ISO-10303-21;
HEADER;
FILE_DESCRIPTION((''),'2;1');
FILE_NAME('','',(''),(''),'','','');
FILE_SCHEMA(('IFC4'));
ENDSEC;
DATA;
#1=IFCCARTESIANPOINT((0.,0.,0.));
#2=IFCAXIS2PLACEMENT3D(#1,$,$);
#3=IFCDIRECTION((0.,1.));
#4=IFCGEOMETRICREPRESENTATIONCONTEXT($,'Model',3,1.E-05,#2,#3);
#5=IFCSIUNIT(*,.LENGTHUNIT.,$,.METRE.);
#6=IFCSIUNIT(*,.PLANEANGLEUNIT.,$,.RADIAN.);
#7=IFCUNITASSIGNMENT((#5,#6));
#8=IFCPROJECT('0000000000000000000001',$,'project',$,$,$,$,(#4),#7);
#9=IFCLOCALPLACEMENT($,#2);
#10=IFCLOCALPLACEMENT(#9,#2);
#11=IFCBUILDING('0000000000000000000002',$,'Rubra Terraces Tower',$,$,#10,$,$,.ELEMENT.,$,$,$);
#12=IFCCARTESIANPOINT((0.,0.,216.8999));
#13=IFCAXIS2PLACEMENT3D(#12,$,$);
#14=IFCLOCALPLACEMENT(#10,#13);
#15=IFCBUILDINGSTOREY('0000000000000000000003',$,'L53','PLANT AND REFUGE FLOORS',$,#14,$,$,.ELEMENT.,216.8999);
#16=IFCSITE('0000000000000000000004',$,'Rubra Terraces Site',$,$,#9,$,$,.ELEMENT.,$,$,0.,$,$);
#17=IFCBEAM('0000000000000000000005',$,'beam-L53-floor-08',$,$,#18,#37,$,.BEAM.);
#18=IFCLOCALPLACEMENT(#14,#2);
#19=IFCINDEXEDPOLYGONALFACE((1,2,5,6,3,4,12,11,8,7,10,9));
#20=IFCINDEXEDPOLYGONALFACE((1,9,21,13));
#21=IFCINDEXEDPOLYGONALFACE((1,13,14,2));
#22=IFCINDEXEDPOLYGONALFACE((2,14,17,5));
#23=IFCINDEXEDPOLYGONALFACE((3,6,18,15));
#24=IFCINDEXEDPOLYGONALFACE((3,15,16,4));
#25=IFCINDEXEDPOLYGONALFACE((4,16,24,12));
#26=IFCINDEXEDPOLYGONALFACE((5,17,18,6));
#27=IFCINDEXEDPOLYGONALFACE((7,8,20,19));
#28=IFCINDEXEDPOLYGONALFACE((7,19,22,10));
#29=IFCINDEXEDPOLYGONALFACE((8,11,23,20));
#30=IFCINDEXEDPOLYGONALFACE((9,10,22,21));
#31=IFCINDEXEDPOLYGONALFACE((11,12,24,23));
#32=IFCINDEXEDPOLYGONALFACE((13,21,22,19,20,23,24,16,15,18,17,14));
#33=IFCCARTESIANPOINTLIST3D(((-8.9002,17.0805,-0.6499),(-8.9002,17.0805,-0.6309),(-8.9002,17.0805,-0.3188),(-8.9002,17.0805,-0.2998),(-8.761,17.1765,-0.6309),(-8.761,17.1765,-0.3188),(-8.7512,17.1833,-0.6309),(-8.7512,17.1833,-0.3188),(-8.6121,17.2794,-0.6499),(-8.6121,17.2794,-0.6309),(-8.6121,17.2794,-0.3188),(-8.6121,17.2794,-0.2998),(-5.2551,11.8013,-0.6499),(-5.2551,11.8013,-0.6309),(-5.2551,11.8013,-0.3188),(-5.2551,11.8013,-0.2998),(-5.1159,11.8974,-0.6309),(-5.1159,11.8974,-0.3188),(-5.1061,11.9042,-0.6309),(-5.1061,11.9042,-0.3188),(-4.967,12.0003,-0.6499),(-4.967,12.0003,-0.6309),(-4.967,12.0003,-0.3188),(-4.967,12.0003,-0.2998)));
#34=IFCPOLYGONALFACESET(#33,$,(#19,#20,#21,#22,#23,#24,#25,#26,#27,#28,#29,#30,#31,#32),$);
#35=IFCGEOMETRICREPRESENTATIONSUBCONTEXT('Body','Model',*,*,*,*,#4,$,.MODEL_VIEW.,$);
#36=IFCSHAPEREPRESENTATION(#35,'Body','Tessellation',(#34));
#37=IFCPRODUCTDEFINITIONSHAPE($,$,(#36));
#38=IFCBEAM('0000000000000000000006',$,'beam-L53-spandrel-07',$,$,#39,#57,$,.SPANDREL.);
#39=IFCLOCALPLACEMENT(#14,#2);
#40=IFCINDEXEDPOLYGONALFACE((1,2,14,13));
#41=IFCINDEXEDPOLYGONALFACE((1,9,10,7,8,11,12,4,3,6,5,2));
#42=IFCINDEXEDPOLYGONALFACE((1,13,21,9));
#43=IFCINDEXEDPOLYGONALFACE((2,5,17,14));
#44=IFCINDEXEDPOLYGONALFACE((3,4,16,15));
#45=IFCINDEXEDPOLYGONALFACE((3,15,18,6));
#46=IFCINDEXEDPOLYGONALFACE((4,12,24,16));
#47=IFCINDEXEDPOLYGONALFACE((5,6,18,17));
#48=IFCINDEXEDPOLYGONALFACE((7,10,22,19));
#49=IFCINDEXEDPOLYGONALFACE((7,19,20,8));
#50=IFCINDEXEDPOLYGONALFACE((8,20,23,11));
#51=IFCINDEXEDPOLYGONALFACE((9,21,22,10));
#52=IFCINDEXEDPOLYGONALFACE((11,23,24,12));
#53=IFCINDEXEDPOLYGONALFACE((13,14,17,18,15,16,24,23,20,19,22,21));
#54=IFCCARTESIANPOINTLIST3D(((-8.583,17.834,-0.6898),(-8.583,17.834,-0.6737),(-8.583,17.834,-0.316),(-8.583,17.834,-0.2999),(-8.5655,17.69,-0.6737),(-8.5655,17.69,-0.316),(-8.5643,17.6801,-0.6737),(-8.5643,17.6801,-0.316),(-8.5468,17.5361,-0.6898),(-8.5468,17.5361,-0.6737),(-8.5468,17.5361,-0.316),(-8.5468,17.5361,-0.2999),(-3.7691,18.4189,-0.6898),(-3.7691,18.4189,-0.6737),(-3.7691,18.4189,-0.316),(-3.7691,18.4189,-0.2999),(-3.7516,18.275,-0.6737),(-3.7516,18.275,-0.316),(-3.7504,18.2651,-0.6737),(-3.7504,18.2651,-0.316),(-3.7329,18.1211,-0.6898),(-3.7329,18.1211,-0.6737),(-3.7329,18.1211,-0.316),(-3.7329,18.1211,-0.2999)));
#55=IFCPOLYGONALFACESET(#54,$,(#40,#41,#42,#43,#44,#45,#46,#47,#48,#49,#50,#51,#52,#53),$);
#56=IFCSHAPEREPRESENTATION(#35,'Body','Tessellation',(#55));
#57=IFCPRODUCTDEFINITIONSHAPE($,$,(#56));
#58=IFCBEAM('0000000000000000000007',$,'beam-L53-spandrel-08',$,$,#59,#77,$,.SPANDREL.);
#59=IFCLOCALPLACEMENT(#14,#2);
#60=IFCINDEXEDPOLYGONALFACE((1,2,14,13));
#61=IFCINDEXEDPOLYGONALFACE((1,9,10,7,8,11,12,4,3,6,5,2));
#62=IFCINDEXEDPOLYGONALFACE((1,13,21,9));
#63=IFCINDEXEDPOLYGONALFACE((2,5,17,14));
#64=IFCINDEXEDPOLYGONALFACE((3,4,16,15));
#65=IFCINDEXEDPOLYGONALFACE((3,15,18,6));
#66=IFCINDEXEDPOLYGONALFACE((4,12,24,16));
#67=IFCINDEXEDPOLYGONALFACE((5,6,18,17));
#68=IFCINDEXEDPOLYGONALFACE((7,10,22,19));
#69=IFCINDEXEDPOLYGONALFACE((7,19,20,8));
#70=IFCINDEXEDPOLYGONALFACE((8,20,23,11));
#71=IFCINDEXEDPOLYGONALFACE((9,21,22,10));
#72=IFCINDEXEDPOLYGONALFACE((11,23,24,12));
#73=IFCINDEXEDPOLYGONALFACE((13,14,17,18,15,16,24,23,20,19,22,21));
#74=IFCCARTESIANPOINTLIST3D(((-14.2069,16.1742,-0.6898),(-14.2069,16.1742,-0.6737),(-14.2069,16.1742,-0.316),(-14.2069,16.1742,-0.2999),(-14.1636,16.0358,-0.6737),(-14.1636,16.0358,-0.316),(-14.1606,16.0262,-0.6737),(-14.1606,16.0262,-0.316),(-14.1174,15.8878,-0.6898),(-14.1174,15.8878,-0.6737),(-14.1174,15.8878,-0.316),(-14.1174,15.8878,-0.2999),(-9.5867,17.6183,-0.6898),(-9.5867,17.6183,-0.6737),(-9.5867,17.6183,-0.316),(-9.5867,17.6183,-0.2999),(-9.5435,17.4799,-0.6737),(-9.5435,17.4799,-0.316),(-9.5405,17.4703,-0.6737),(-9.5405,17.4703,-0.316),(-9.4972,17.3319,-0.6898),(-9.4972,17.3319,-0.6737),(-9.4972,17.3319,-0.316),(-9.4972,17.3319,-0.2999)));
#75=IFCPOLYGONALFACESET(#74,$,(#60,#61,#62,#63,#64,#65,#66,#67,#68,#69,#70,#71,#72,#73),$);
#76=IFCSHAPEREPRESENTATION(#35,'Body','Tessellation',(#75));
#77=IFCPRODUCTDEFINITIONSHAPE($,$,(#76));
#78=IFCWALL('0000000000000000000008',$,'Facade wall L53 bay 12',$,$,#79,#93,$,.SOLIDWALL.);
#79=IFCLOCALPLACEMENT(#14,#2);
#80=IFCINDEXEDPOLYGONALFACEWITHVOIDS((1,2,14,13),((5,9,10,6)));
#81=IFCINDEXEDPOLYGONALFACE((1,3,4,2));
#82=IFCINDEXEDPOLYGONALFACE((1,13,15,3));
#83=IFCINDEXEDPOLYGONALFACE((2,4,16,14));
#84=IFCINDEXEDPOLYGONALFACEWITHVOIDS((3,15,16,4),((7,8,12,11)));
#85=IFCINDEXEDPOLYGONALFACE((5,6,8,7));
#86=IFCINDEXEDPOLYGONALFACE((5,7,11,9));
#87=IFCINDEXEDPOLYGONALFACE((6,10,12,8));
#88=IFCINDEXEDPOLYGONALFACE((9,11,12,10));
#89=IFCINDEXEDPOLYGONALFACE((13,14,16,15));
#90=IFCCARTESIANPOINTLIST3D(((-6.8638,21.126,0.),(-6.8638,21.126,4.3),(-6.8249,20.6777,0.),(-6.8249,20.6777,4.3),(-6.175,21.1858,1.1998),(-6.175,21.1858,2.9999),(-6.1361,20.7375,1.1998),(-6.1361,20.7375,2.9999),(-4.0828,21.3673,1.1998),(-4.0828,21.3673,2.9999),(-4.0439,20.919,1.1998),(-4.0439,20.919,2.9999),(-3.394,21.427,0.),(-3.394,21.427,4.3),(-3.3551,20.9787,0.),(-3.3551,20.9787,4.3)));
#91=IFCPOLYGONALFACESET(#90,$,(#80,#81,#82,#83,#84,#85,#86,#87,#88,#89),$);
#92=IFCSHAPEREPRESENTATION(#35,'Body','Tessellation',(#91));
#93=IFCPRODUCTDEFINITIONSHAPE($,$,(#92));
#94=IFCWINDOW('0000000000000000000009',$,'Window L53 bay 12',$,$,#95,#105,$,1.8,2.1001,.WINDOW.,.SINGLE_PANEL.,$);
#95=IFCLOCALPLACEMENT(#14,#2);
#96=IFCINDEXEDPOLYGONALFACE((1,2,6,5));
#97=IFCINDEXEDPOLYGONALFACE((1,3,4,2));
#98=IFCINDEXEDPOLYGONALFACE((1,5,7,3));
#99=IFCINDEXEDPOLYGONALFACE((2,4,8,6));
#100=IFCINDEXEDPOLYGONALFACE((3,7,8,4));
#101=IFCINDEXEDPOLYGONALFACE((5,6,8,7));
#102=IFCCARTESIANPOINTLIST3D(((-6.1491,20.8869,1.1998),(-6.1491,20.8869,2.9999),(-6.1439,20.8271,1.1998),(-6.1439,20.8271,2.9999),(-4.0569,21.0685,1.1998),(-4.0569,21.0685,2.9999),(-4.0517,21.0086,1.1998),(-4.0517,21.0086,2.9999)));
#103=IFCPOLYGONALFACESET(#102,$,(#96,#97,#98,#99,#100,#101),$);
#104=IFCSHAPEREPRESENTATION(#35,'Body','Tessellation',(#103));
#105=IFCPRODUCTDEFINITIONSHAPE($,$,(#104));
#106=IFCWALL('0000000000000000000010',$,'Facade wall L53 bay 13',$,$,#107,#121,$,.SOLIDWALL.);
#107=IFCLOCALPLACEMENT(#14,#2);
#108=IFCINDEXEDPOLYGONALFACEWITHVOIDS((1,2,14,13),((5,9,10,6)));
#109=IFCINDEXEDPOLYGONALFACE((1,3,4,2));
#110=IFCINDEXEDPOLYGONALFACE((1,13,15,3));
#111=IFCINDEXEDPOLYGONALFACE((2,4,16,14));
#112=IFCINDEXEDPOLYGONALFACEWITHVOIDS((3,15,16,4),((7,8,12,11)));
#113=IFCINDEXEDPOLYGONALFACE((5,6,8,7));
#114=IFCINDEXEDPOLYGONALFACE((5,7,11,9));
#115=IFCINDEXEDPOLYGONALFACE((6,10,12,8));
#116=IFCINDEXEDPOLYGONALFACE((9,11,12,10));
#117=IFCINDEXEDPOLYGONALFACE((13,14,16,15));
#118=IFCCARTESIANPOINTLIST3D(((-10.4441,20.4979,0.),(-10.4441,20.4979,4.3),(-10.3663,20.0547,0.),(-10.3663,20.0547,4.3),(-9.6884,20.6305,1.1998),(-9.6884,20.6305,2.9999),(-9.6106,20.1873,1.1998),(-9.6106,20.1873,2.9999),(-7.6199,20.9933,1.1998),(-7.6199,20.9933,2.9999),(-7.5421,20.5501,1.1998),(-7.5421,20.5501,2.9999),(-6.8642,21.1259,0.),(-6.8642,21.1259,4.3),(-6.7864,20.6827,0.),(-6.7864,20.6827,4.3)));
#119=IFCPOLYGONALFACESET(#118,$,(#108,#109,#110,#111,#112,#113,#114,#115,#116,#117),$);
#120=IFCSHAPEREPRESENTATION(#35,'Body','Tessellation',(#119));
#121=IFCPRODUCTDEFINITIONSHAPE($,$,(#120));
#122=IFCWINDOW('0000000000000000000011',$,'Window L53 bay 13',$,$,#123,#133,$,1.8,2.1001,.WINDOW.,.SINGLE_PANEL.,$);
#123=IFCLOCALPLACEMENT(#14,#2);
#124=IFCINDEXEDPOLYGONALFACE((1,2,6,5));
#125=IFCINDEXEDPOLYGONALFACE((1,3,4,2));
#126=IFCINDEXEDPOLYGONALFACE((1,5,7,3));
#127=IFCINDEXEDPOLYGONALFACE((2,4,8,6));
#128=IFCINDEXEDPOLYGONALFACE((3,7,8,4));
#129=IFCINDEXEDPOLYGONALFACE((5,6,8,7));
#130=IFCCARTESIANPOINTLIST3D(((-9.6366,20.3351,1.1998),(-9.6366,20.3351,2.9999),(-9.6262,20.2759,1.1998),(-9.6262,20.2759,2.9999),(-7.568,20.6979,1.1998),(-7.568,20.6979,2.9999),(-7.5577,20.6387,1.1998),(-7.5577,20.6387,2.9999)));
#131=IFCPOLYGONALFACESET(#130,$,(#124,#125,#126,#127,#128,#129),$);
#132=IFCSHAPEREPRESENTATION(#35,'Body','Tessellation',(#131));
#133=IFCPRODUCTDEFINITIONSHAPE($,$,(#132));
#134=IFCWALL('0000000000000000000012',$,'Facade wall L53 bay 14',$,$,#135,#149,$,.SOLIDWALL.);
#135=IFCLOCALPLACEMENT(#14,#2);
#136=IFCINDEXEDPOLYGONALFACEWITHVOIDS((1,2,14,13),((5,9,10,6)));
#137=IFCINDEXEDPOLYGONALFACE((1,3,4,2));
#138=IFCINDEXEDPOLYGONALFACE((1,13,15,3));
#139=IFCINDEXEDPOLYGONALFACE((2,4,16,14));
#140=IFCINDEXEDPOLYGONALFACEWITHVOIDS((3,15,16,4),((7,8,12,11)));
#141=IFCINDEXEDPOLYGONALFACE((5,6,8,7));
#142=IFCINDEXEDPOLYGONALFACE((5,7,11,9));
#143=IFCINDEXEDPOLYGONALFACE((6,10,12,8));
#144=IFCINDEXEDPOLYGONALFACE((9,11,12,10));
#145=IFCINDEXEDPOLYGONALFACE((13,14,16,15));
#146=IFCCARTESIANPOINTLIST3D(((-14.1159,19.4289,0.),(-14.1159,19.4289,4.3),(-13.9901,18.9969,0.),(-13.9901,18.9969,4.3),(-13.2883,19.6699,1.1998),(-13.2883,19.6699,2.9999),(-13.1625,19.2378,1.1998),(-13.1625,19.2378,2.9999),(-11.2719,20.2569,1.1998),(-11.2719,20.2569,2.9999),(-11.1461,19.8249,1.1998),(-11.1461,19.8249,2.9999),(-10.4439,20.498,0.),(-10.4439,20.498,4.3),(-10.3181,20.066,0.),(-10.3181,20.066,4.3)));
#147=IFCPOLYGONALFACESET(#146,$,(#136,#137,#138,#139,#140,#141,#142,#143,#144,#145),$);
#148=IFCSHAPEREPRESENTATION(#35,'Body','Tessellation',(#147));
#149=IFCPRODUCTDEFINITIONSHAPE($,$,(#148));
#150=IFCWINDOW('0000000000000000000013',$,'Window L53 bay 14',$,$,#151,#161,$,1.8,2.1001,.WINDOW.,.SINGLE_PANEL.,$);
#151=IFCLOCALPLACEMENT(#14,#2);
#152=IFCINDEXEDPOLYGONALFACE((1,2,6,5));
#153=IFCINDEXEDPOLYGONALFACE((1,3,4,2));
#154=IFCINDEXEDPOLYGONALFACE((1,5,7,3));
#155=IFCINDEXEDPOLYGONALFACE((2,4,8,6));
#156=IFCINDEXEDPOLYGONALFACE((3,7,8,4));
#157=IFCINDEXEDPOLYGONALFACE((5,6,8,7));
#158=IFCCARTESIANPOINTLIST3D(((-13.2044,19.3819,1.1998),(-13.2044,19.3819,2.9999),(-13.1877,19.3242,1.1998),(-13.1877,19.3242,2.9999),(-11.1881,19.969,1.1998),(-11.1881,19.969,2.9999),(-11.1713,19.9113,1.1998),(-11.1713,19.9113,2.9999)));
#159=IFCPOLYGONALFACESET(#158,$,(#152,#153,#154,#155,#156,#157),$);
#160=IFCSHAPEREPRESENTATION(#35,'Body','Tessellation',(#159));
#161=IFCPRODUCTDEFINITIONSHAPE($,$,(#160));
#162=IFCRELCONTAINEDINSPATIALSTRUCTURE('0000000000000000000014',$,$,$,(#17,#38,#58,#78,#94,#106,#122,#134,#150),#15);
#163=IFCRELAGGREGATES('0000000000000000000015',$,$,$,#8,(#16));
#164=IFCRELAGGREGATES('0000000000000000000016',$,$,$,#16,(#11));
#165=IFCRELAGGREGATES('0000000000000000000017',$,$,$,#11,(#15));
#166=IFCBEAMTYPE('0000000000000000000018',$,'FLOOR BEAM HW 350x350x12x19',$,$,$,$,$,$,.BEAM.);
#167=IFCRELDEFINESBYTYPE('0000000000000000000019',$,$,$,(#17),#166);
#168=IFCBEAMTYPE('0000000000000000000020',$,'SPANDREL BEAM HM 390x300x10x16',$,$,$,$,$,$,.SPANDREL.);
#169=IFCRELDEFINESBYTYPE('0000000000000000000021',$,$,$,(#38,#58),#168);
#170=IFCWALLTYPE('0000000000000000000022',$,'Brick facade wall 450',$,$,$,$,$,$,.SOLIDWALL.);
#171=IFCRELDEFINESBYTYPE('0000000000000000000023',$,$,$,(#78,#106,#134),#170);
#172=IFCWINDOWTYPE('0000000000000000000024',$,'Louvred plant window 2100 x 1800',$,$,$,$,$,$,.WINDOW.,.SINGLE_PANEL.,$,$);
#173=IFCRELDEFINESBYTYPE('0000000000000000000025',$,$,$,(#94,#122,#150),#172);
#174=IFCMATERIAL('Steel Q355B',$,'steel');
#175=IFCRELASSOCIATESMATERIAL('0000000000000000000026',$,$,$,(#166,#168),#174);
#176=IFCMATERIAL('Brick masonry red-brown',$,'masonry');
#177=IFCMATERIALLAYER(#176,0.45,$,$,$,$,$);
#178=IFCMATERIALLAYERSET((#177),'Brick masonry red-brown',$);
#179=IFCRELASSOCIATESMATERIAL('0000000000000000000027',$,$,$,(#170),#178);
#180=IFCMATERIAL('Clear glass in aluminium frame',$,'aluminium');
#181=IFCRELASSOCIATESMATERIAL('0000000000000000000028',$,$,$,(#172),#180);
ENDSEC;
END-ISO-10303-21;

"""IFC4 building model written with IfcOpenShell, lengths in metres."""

from ifc_helpers import new_model, si_unit, direction, frame, frame_2d, origin, origin_2d, place, context, subcontext, project, spatial, rectangle, i_section, extrude, material, layer, layer_set, material_profile, profile_set, type_object, element, fill, save


model = new_model("IFC4")

# Units and contexts
model_context = context("Model", 3, precision=1e-05, world=origin(), true_north=direction((0.0, 1.0)))
body_context = subcontext(model_context, "Body", "Model", "MODEL_VIEW")
ifc_project = project(units=[si_unit("LENGTHUNIT", "METRE"), si_unit("PLANEANGLEUNIT", "RADIAN")], contexts=[model_context])

# Site, building, storey
site_placement = place(None, origin())
site = spatial("IfcSite", under=ifc_project, at=site_placement, Name="Rubra Terraces Site", CompositionType="ELEMENT", RefElevation=0.0)
building_placement = place(site_placement, origin())
building = spatial("IfcBuilding", under=site, at=building_placement, Name="Rubra Terraces Tower", CompositionType="ELEMENT")
storey_placement = place(building_placement, frame((0.0, 0.0, 216.8999)))
storey = spatial("IfcBuildingStorey", under=building, at=storey_placement, Name="L53", Description="PLANT AND REFUGE FLOORS", CompositionType="ELEMENT", Elevation=216.8999)

# Shared definitions
ifc_material_1 = material(Name="Steel Q355B", Category="steel")

# Beams
ifc_material_profile_1 = material_profile(ifc_material_1, i_section(OverallWidth=0.3501, OverallDepth=0.3501, WebThickness=0.012, FlangeThickness=0.019, at=origin_2d()), Name="HW 350x350x12x19")
ifc_profile_set_1 = profile_set([ifc_material_profile_1], Name="Steel Q355B")
beam_type_1 = type_object("IfcBeamType", Name="FLOOR BEAM HW 350x350x12x19", PredefinedType="BEAM", material=ifc_profile_set_1)
beam_1_placement = place(storey_placement, frame((-8.7561, 17.1799, -0.4749), z_axis=(0.568186, -0.8229, 0.0), x_axis=(0.8229, 0.568186, 0.0)))
element("IfcBeam", 1, at=beam_1_placement, inside=storey, type_object=beam_type_1, Name="beam-L53-floor-08", PredefinedType="BEAM", context=body_context, shape_type="SweptSolid", body=[
    extrude(i_section(OverallWidth=0.3501, OverallDepth=0.3501, WebThickness=0.012, FlangeThickness=0.019, at=origin_2d()), origin(), (0.0, 0.0, 1.0), 6.4153),
])
ifc_material_profile_2 = material_profile(ifc_material_1, i_section(OverallWidth=0.3, OverallDepth=0.3899, WebThickness=0.01, FlangeThickness=0.0161, at=origin_2d()), Name="HM 390x300x10x16")
ifc_profile_set_2 = profile_set([ifc_material_profile_2], Name="Steel Q355B")
beam_type_2 = type_object("IfcBeamType", Name="SPANDREL BEAM HM 390x300x10x16", PredefinedType="SPANDREL", material=ifc_profile_set_2)
beam_2_placement = place(storey_placement, frame((-3.751, 18.27, -0.4949), z_axis=(-0.992698, -0.120626, 0.0), x_axis=(0.120626, -0.992698, 0.0)))
element("IfcBeam", 2, at=beam_2_placement, inside=storey, type_object=beam_type_2, Name="beam-L53-spandrel-07", PredefinedType="SPANDREL", context=body_context, shape_type="SweptSolid", body=[
    extrude(i_section(OverallWidth=0.3, OverallDepth=0.3899, WebThickness=0.01, FlangeThickness=0.0161, at=origin_2d()), origin(), (0.0, 0.0, 1.0), 4.8494),
])
beam_3_placement = place(storey_placement, frame((-9.542, 17.4751, -0.4949), z_axis=(-0.954462, -0.298332, 0.0), x_axis=(0.298332, -0.954462, 0.0)))
element("IfcBeam", 3, at=beam_3_placement, inside=storey, type_object=beam_type_2, Name="beam-L53-spandrel-08", PredefinedType="SPANDREL", context=body_context, shape_type="SweptSolid", body=[
    extrude(i_section(OverallWidth=0.3, OverallDepth=0.3899, WebThickness=0.01, FlangeThickness=0.0161, at=origin_2d()), origin(), (0.0, 0.0, 1.0), 4.8406),
])

# Walls, openings, windows
ifc_material_2 = material(Name="Brick masonry red-brown", Category="masonry")
ifc_layer_1 = layer(ifc_material_2, 0.45)
ifc_layer_set_1 = layer_set([ifc_layer_1], Name="Brick masonry red-brown")
wall_type_1 = type_object("IfcWallType", Name="Brick facade wall 450", PredefinedType="SOLIDWALL", material=ifc_layer_set_1)
wall_1_placement = place(storey_placement, frame((-3.3745, 21.2029, 0.0), z_axis=(0.0, 0.0, 1.0), x_axis=(-0.996258, -0.086427, 0.0)))
wall_1 = element("IfcWall", 4, at=wall_1_placement, inside=storey, type_object=wall_type_1, Name="Facade wall L53 bay 12", PredefinedType="SOLIDWALL", context=body_context, shape_type="SweptSolid", body=[
    extrude(rectangle(XDim=3.4829, YDim=0.45, at=frame_2d((1.7415, 0.0))), origin(), (0.0, 0.0, 1.0), 4.3),
])
opening_1_placement = place(wall_1_placement, frame((0.6914, 0.0, 1.2)))
opening_1 = element("IfcOpeningElement", 5, at=opening_1_placement, cuts=wall_1, PredefinedType="OPENING", context=body_context, shape_type="SweptSolid", body=[
    extrude(rectangle(XDim=2.1001, YDim=1.8, at=frame_2d((1.05, 0.8999))), frame((0.0, 0.2349, 0.0), z_axis=(0.0, -1.0, 0.0), x_axis=(1.0, 0.0, 0.0)), (0.0, 0.0, 1.0), 0.47),
])
ifc_material_3 = material(Name="Clear glass in aluminium frame", Category="aluminium")
window_type = type_object("IfcWindowType", Name="Louvred plant window 2100 x 1800", PartitioningType="SINGLE_PANEL", PredefinedType="WINDOW", material=ifc_material_3)
window_1_placement = place(opening_1_placement, origin())
window_1 = element("IfcWindow", 6, at=window_1_placement, inside=storey, type_object=window_type, Name="Window L53 bay 12", OverallHeight=1.8, OverallWidth=2.1001, PartitioningType="SINGLE_PANEL", PredefinedType="WINDOW", context=body_context, shape_type="SweptSolid", body=[
    extrude(rectangle(XDim=2.1001, YDim=1.8, at=frame_2d((1.05, 0.8999))), frame((0.0, 0.135, 0.0), z_axis=(0.0, -1.0, 0.0), x_axis=(1.0, 0.0, 0.0)), (0.0, 0.0, 1.0), 0.0601),
])
fill(opening_1, window_1)
wall_2_placement = place(storey_placement, frame((-6.8252, 20.9043, 0.0), z_axis=(0.0, 0.0, 1.0), x_axis=(-0.984962, -0.17277, 0.0)))
wall_2 = element("IfcWall", 7, at=wall_2_placement, inside=storey, type_object=wall_type_1, Name="Facade wall L53 bay 13", PredefinedType="SOLIDWALL", context=body_context, shape_type="SweptSolid", body=[
    extrude(rectangle(XDim=3.6345, YDim=0.45, at=frame_2d((1.8174, 0.0))), origin(), (0.0, 0.0, 1.0), 4.3),
])
opening_2_placement = place(wall_2_placement, frame((0.7673, 0.0, 1.2)))
opening_2 = element("IfcOpeningElement", 8, at=opening_2_placement, cuts=wall_2, PredefinedType="OPENING", context=body_context, shape_type="SweptSolid", body=[
    extrude(rectangle(XDim=2.1001, YDim=1.8, at=frame_2d((1.05, 0.8999))), frame((0.0, 0.2349, 0.0), z_axis=(0.0, -1.0, 0.0), x_axis=(1.0, 0.0, 0.0)), (0.0, 0.0, 1.0), 0.47),
])
window_2_placement = place(opening_2_placement, origin())
window_2 = element("IfcWindow", 9, at=window_2_placement, inside=storey, type_object=window_type, Name="Window L53 bay 13", OverallHeight=1.8, OverallWidth=2.1001, PartitioningType="SINGLE_PANEL", PredefinedType="WINDOW", context=body_context, shape_type="SweptSolid", body=[
    extrude(rectangle(XDim=2.1001, YDim=1.8, at=frame_2d((1.05, 0.8999))), frame((0.0, 0.135, 0.0), z_axis=(0.0, -1.0, 0.0), x_axis=(1.0, 0.0, 0.0)), (0.0, 0.0, 1.0), 0.0601),
])
fill(opening_2, window_2)
wall_3_placement = place(storey_placement, frame((-10.3811, 20.282, 0.0), z_axis=(0.0, 0.0, 1.0), x_axis=(-0.960131, -0.279549, 0.0)))
wall_3 = element("IfcWall", 10, at=wall_3_placement, inside=storey, type_object=wall_type_1, Name="Facade wall L53 bay 14", PredefinedType="SOLIDWALL", context=body_context, shape_type="SweptSolid", body=[
    extrude(rectangle(XDim=3.8245, YDim=0.45, at=frame_2d((1.9121, 0.0))), origin(), (0.0, 0.0, 1.0), 4.3),
])
opening_3_placement = place(wall_3_placement, frame((0.8623, 0.0, 1.2)))
opening_3 = element("IfcOpeningElement", 11, at=opening_3_placement, cuts=wall_3, PredefinedType="OPENING", context=body_context, shape_type="SweptSolid", body=[
    extrude(rectangle(XDim=2.1001, YDim=1.8, at=frame_2d((1.05, 0.8999))), frame((0.0, 0.2349, 0.0), z_axis=(0.0, -1.0, 0.0), x_axis=(1.0, 0.0, 0.0)), (0.0, 0.0, 1.0), 0.47),
])
window_3_placement = place(opening_3_placement, origin())
window_3 = element("IfcWindow", 12, at=window_3_placement, inside=storey, type_object=window_type, Name="Window L53 bay 14", OverallHeight=1.8, OverallWidth=2.1001, PartitioningType="SINGLE_PANEL", PredefinedType="WINDOW", context=body_context, shape_type="SweptSolid", body=[
    extrude(rectangle(XDim=2.1001, YDim=1.8, at=frame_2d((1.05, 0.8999))), frame((0.0, 0.135, 0.0), z_axis=(0.0, -1.0, 0.0), x_axis=(1.0, 0.0, 0.0)), (0.0, 0.0, 1.0), 0.0601),
])
fill(opening_3, window_3)

save(model, "model.ifc")
